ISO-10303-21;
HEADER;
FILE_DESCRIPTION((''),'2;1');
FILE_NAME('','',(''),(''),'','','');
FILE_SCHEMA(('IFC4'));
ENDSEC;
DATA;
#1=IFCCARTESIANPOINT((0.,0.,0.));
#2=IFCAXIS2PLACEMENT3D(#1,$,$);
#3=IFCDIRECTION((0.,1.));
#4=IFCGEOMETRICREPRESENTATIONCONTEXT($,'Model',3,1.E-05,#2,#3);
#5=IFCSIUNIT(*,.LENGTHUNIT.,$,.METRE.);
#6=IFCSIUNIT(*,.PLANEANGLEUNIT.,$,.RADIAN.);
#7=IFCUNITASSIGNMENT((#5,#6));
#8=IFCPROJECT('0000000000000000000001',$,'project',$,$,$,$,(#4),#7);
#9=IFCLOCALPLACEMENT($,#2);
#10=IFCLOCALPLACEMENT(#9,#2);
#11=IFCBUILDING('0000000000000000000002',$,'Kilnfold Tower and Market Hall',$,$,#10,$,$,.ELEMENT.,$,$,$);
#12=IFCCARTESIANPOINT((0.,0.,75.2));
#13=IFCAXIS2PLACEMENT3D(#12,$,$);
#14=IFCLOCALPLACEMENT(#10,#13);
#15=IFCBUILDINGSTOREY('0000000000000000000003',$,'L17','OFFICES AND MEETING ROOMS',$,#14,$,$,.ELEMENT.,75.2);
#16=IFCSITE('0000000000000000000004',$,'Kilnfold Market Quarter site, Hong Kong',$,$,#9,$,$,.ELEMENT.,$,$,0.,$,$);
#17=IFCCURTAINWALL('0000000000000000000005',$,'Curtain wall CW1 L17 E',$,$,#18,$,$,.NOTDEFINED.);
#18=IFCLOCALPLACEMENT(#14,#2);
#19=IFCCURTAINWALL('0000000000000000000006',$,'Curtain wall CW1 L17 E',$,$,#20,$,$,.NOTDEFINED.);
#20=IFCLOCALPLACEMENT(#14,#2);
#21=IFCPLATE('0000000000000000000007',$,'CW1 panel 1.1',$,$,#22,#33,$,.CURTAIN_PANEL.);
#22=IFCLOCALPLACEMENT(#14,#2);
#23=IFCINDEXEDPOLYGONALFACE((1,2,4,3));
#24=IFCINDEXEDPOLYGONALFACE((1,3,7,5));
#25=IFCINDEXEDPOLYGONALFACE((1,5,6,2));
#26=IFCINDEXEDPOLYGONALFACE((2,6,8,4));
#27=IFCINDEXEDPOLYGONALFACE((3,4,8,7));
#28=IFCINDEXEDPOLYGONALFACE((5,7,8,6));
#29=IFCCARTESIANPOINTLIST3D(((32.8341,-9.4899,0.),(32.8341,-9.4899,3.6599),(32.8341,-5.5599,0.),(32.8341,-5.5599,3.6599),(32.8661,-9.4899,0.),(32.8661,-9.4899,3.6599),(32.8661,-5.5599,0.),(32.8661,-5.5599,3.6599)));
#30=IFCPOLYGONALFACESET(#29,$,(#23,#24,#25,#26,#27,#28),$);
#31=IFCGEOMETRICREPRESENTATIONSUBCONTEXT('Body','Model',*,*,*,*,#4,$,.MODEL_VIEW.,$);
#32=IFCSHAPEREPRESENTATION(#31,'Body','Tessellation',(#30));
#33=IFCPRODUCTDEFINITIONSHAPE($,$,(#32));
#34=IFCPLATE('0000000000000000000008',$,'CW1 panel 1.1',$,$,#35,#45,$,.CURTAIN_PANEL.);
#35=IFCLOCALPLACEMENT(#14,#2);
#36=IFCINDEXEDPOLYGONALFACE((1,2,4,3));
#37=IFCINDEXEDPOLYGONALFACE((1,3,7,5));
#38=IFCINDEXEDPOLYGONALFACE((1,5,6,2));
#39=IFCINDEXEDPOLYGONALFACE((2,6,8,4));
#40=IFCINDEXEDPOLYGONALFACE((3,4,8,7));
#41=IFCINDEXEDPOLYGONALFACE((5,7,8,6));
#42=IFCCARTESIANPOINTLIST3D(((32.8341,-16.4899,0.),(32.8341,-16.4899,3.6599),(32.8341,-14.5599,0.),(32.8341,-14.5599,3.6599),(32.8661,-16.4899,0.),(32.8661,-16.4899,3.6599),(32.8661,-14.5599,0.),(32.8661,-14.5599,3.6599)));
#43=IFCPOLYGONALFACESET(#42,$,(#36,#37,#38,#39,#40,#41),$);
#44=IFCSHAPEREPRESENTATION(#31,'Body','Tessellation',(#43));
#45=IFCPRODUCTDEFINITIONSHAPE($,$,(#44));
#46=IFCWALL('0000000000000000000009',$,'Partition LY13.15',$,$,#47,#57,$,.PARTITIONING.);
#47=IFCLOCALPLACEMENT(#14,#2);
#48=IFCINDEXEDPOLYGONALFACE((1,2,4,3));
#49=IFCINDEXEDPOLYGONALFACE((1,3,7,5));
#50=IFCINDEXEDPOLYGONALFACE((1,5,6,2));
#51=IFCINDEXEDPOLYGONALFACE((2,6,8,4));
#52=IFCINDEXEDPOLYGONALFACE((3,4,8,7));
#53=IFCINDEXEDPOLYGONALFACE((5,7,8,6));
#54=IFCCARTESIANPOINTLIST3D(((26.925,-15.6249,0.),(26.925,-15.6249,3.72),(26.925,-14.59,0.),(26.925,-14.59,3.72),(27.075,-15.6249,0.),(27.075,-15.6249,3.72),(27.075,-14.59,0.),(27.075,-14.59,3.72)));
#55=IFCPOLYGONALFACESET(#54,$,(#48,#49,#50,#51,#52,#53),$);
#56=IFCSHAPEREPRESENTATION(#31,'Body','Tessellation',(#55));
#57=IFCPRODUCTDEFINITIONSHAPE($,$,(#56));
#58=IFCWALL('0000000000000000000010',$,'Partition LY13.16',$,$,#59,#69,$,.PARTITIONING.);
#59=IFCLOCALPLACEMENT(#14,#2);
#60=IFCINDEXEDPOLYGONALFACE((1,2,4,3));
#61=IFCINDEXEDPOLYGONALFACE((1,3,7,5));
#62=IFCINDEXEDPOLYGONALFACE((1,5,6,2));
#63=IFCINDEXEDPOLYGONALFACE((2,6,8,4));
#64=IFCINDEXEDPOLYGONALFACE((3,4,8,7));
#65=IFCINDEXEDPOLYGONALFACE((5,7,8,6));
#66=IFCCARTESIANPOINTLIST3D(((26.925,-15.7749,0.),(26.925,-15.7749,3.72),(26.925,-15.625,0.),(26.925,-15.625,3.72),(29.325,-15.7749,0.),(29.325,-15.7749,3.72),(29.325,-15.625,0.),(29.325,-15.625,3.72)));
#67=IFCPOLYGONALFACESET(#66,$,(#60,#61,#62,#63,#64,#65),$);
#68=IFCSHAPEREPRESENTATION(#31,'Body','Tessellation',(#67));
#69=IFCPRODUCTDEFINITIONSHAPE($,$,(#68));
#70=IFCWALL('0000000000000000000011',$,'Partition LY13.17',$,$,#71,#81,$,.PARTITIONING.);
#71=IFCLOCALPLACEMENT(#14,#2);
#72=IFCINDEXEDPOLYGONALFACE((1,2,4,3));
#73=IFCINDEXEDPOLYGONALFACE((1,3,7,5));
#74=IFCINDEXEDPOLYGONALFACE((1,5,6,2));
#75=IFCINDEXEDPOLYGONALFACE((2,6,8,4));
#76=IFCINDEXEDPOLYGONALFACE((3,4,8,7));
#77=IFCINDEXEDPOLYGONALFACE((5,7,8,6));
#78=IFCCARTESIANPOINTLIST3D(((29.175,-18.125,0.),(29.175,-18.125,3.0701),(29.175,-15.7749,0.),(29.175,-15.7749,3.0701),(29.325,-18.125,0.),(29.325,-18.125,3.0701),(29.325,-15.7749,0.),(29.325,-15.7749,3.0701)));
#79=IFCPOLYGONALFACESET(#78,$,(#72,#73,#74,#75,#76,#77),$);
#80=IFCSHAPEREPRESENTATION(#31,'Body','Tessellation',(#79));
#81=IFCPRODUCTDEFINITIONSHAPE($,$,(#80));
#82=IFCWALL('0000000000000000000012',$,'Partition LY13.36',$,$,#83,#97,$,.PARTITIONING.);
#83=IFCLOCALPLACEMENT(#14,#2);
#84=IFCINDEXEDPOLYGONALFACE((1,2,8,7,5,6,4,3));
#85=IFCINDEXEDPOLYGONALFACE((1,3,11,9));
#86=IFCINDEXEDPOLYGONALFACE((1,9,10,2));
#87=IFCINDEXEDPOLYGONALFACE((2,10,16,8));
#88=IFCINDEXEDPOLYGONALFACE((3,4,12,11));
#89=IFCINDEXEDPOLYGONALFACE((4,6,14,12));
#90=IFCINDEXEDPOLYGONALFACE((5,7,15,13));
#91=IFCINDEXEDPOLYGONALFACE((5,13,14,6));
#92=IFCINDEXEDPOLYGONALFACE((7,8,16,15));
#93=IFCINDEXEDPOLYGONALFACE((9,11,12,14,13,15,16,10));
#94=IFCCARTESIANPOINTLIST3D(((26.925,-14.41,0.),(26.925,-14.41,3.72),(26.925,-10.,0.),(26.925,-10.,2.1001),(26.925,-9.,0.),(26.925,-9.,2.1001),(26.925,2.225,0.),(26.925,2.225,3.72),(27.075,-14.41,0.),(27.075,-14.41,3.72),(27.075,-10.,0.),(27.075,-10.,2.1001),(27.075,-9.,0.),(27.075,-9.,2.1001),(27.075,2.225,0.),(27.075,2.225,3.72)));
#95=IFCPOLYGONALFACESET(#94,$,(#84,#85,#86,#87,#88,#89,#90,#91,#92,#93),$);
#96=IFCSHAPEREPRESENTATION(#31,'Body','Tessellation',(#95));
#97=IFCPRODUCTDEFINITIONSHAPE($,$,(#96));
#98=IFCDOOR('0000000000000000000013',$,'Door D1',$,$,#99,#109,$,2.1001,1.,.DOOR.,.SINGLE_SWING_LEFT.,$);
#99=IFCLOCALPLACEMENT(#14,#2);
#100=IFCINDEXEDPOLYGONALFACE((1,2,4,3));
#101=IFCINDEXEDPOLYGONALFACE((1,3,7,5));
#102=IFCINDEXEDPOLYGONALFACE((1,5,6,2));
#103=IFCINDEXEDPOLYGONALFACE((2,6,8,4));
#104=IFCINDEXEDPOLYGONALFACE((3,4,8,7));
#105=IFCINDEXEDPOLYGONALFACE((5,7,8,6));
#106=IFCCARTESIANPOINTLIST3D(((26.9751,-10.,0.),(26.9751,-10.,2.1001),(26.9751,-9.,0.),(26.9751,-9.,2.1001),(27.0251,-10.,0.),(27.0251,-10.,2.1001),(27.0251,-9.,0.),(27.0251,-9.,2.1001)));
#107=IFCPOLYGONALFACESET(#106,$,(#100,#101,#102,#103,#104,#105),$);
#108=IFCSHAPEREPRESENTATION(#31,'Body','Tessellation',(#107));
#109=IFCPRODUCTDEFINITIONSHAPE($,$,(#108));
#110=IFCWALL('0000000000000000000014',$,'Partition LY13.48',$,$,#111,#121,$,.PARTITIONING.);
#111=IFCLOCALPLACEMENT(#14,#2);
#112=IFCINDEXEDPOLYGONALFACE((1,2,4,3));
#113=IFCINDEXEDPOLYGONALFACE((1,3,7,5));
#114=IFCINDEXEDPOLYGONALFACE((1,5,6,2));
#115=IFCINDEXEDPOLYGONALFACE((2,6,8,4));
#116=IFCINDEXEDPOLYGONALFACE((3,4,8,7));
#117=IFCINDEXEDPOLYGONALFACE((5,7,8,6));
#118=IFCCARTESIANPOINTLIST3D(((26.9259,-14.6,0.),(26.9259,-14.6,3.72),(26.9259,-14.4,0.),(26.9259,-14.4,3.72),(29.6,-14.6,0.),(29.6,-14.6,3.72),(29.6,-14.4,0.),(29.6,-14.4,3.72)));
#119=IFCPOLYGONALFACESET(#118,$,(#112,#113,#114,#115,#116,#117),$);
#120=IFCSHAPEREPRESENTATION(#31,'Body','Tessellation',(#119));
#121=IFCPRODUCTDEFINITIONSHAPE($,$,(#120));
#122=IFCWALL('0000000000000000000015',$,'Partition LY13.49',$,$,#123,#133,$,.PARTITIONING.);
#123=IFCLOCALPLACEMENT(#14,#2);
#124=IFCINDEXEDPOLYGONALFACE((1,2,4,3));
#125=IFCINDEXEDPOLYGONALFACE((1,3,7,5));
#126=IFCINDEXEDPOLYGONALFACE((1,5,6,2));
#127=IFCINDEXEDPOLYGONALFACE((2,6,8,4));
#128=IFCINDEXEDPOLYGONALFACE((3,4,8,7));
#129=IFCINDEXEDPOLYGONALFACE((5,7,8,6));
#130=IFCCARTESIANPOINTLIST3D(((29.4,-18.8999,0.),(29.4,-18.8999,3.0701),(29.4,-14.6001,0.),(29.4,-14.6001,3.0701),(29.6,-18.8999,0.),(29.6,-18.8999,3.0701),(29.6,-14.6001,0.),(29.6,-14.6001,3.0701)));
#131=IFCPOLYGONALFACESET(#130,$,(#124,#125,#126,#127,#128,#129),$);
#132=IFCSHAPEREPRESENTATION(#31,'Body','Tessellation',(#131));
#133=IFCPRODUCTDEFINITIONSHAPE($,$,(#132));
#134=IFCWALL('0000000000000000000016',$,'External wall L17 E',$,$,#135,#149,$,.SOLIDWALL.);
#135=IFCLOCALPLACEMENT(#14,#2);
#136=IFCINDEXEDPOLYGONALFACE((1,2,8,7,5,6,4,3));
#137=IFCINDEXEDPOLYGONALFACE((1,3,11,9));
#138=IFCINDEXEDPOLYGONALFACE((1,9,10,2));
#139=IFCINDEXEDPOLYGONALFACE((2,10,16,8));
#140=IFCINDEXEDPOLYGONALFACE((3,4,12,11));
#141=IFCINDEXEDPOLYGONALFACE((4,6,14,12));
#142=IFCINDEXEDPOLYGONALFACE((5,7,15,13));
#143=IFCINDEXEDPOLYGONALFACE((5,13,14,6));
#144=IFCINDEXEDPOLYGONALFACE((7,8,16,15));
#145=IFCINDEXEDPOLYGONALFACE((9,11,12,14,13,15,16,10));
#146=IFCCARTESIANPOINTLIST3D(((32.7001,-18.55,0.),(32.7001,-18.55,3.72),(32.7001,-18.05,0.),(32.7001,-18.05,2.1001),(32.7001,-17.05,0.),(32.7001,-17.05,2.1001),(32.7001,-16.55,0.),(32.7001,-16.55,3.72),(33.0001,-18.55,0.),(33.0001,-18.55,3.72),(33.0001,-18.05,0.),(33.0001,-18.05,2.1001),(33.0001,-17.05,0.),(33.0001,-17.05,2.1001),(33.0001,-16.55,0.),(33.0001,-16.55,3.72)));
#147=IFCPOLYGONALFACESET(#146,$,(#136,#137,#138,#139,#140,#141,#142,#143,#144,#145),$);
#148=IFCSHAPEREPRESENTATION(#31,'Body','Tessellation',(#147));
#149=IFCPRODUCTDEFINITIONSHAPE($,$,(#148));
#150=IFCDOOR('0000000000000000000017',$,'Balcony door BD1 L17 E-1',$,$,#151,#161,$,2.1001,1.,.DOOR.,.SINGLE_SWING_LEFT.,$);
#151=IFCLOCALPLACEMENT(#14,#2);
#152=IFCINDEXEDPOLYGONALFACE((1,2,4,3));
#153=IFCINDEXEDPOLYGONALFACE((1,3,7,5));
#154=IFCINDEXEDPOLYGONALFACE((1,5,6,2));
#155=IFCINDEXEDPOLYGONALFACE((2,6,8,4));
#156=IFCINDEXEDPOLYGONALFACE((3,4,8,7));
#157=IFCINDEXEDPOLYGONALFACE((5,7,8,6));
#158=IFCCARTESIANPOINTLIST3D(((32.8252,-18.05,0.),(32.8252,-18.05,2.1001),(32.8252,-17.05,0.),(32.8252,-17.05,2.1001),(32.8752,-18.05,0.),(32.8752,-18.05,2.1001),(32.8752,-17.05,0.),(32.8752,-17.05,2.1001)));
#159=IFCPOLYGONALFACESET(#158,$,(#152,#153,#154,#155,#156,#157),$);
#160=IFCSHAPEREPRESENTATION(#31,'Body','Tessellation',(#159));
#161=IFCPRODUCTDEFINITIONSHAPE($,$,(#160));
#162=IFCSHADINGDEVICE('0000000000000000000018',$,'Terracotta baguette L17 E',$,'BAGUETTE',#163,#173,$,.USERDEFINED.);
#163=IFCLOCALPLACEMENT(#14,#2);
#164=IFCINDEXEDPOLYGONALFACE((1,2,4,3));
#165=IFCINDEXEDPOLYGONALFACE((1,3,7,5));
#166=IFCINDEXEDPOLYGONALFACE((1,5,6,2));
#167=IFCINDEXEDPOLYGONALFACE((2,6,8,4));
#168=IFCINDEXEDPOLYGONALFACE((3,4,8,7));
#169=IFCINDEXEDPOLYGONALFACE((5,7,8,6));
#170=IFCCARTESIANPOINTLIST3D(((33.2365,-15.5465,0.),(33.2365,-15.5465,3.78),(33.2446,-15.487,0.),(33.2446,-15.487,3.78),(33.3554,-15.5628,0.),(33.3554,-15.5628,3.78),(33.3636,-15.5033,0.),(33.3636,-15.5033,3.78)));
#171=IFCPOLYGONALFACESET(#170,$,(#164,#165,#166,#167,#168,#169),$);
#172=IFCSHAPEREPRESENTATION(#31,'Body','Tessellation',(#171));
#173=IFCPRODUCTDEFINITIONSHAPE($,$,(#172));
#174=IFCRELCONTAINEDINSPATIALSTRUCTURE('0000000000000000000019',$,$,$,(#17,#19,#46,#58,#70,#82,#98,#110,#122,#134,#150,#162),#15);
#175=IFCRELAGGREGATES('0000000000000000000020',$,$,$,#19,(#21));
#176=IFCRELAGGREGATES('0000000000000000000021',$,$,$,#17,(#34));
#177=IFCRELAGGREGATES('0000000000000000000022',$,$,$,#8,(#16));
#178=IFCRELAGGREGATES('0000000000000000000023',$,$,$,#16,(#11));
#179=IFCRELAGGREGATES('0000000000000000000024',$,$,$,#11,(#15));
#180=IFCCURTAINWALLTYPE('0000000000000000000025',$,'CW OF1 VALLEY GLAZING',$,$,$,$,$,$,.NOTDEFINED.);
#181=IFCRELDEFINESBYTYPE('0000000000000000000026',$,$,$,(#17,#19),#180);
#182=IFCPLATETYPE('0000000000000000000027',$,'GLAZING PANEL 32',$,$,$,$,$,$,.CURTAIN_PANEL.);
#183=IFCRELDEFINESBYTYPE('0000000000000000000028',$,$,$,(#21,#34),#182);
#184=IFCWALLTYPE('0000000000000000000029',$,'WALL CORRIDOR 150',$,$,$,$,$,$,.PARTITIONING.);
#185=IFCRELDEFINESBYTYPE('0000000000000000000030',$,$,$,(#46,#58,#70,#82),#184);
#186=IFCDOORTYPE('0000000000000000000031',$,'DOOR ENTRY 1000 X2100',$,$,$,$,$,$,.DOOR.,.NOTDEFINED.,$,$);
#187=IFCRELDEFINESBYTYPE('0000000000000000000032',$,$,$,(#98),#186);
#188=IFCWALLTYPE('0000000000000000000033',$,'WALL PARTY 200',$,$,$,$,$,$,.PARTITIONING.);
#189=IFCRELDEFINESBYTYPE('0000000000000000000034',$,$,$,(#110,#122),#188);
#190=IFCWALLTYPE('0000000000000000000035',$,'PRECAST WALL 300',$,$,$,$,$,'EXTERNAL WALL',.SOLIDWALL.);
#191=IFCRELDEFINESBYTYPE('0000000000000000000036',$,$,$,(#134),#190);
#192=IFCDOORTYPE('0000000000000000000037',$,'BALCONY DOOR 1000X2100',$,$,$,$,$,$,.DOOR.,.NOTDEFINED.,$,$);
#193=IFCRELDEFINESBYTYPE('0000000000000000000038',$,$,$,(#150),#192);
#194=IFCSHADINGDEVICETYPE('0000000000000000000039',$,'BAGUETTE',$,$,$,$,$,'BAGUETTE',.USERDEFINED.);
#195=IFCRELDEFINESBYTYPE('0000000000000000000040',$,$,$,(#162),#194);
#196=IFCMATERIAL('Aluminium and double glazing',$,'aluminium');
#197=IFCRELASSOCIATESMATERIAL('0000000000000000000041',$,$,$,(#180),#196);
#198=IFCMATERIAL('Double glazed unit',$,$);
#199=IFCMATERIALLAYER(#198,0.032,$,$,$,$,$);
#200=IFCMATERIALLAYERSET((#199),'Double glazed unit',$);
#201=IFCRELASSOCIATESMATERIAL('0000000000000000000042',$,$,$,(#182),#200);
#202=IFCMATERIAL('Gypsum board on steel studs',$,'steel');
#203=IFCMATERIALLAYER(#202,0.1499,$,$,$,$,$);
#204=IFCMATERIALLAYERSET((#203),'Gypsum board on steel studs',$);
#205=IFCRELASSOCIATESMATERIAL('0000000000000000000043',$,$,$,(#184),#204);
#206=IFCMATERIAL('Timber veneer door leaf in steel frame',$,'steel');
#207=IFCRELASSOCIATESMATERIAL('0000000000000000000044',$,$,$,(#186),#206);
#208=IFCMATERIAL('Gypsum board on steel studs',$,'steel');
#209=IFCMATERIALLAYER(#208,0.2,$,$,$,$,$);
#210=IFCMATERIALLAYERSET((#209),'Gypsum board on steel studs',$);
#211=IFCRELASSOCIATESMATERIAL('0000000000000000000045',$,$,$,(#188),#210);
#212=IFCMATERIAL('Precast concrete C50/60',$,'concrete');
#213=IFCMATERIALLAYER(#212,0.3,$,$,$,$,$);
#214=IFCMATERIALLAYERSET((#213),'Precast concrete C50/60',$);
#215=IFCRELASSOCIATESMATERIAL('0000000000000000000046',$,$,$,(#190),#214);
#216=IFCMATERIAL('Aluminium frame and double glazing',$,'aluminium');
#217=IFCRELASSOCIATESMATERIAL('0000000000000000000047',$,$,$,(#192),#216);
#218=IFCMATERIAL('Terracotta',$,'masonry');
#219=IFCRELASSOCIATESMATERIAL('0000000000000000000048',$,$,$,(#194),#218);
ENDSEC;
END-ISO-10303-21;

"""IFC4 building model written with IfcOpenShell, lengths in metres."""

from ifc_helpers import new_model, si_unit, direction, frame, frame_2d, origin, origin_2d, place, context, subcontext, project, spatial, rectangle, extrude, source, transform, mapped, material, layer, layer_set, material_profile, profile_set, type_object, element, fill, aggregate, save


model = new_model("IFC4")

# Units and contexts
model_context = context("Model", 3, precision=1e-05, world=origin(), true_north=direction((0.0, 1.0)))
body_context = subcontext(model_context, "Body", "Model", "MODEL_VIEW")
ifc_project = project(units=[si_unit("LENGTHUNIT", "METRE"), si_unit("PLANEANGLEUNIT", "RADIAN")], contexts=[model_context])

# Site, building, storey
site_placement = place(None, origin())
site = spatial("IfcSite", under=ifc_project, at=site_placement, Name="Kilnfold Market Quarter site, Hong Kong", CompositionType="ELEMENT", RefElevation=0.0)
building_placement = place(site_placement, origin())
building = spatial("IfcBuilding", under=site, at=building_placement, Name="Kilnfold Tower and Market Hall", CompositionType="ELEMENT")
storey_placement = place(building_placement, frame((0.0, 0.0, 75.2)))
storey = spatial("IfcBuildingStorey", under=building, at=storey_placement, Name="L17", Description="OFFICES AND MEETING ROOMS", CompositionType="ELEMENT", Elevation=75.2)

# Curtain walls
ifc_material_1 = material(Name="Aluminium and double glazing", Category="aluminium")
curtain_wall_type = type_object("IfcCurtainWallType", Name="CW OF1 VALLEY GLAZING", PredefinedType="NOTDEFINED", material=ifc_material_1)
curtain_wall_1_placement = place(storey_placement, origin())
curtain_wall_1 = element("IfcCurtainWall", 1, at=curtain_wall_1_placement, inside=storey, type_object=curtain_wall_type, Name="Curtain wall CW1 L17 E", PredefinedType="NOTDEFINED")
curtain_wall_2_placement = place(storey_placement, origin())
curtain_wall_2 = element("IfcCurtainWall", 2, at=curtain_wall_2_placement, inside=storey, type_object=curtain_wall_type, Name="Curtain wall CW1 L17 E", PredefinedType="NOTDEFINED")

# Plates
ifc_material_2 = material(Name="Double glazed unit")
ifc_layer_1 = layer(ifc_material_2, 0.032)
ifc_layer_set_1 = layer_set([ifc_layer_1], Name="Double glazed unit")
plate_type = type_object("IfcPlateType", Name="GLAZING PANEL 32", PredefinedType="CURTAIN_PANEL", material=ifc_layer_set_1)
shared_shape_1 = source(origin(), body_context, "Body", "SweptSolid", [
    extrude(rectangle(XDim=3.9299, YDim=0.032, at=origin_2d()), origin(), (0.0, 0.0, 1.0), 3.6599),
])
plate_1_placement = place(storey_placement, frame((32.8501, -7.5249, 0.0), z_axis=(0.0, 0.0, 1.0), x_axis=(0.0, 1.0, 0.0)))
plate_1 = element("IfcPlate", 3, at=plate_1_placement, type_object=plate_type, Name="CW1 panel 1.1", PredefinedType="CURTAIN_PANEL", context=body_context, shape_type="MappedRepresentation", body=[
    mapped(shared_shape_1, transform((0.0, 0.0, 0.0))),
])
aggregate(curtain_wall_2, [plate_1])
shared_shape_2 = source(origin(), body_context, "Body", "SweptSolid", [
    extrude(rectangle(XDim=1.9299, YDim=0.032, at=origin_2d()), origin(), (0.0, 0.0, 1.0), 3.6599),
])
plate_2_placement = place(storey_placement, frame((32.8501, -15.5249, 0.0), z_axis=(0.0, 0.0, 1.0), x_axis=(0.0, 1.0, 0.0)))
plate_2 = element("IfcPlate", 4, at=plate_2_placement, type_object=plate_type, Name="CW1 panel 1.1", PredefinedType="CURTAIN_PANEL", context=body_context, shape_type="MappedRepresentation", body=[
    mapped(shared_shape_2, transform((0.0, 0.0, 0.0))),
])
aggregate(curtain_wall_1, [plate_2])

# Walls
ifc_material_3 = material(Name="Gypsum board on steel studs", Category="steel")
ifc_layer_2 = layer(ifc_material_3, 0.1499)
ifc_layer_set_2 = layer_set([ifc_layer_2], Name="Gypsum board on steel studs")
wall_type_1 = type_object("IfcWallType", Name="WALL CORRIDOR 150", PredefinedType="PARTITIONING", material=ifc_layer_set_2)
wall_1_placement = place(storey_placement, frame((27.0, -15.625, 0.0), z_axis=(0.0, 0.0, 1.0), x_axis=(0.0, 1.0, 0.0)))
element("IfcWall", 5, at=wall_1_placement, inside=storey, type_object=wall_type_1, Name="Partition LY13.15", PredefinedType="PARTITIONING", context=body_context, shape_type="SweptSolid", body=[
    extrude(rectangle(XDim=1.0349, YDim=0.1499, at=frame_2d((0.5176, 0.0))), origin(), (0.0, 0.0, 1.0), 3.72),
])
wall_2_placement = place(storey_placement, frame((26.925, -15.7, 0.0), z_axis=(0.0, 0.0, 1.0), x_axis=(1.0, 0.0, 0.0)))
element("IfcWall", 6, at=wall_2_placement, inside=storey, type_object=wall_type_1, Name="Partition LY13.16", PredefinedType="PARTITIONING", context=body_context, shape_type="SweptSolid", body=[
    extrude(rectangle(XDim=2.3999, YDim=0.1499, at=frame_2d((1.2, 0.0))), origin(), (0.0, 0.0, 1.0), 3.72),
])
wall_3_placement = place(storey_placement, frame((29.25, -18.125, 0.0), z_axis=(0.0, 0.0, 1.0), x_axis=(0.0, 1.0, 0.0)))
element("IfcWall", 7, at=wall_3_placement, inside=storey, type_object=wall_type_1, Name="Partition LY13.17", PredefinedType="PARTITIONING", context=body_context, shape_type="SweptSolid", body=[
    extrude(rectangle(XDim=2.3501, YDim=0.1499, at=frame_2d((1.175, 0.0))), origin(), (0.0, 0.0, 1.0), 3.0701),
])

# Wall, opening, door
wall_4_placement = place(storey_placement, frame((27.0, -14.4099, 0.0), z_axis=(0.0, 0.0, 1.0), x_axis=(0.0, 1.0, 0.0)))
wall_4 = element("IfcWall", 8, at=wall_4_placement, inside=storey, type_object=wall_type_1, Name="Partition LY13.36", PredefinedType="PARTITIONING", context=body_context, shape_type="SweptSolid", body=[
    extrude(rectangle(XDim=16.635, YDim=0.1499, at=frame_2d((8.3174, 0.0))), origin(), (0.0, 0.0, 1.0), 3.72),
])
opening_1_placement = place(wall_4_placement, frame((4.4099, 0.0, 0.0)))
opening_1 = element("IfcOpeningElement", 9, at=opening_1_placement, cuts=wall_4, PredefinedType="OPENING", context=body_context, shape_type="SweptSolid", body=[
    extrude(rectangle(XDim=1.0, YDim=2.1001, at=frame_2d((0.5, 1.05))), frame((0.0, 0.085, 0.0), z_axis=(0.0, -1.0, 0.0), x_axis=(1.0, 0.0, 0.0)), (0.0, 0.0, 1.0), 0.1699),
])
ifc_material_4 = material(Name="Timber veneer door leaf in steel frame", Category="steel")
door_type_1 = type_object("IfcDoorType", Name="DOOR ENTRY 1000 X2100", OperationType="NOTDEFINED", PredefinedType="DOOR", material=ifc_material_4)
door_1_placement = place(opening_1_placement, origin())
door_1 = element("IfcDoor", 10, at=door_1_placement, inside=storey, type_object=door_type_1, Name="Door D1", OperationType="SINGLE_SWING_LEFT", OverallHeight=2.1001, OverallWidth=1.0, PredefinedType="DOOR", context=body_context, shape_type="SweptSolid", body=[
    extrude(rectangle(XDim=1.0, YDim=2.1001, at=frame_2d((0.5, 1.05))), frame((0.0, 0.0249, 0.0), z_axis=(0.0, -1.0, 0.0), x_axis=(1.0, 0.0, 0.0)), (0.0, 0.0, 1.0), 0.05),
])
fill(opening_1, door_1)

# Walls
ifc_material_5 = material(Name="Gypsum board on steel studs", Category="steel")
ifc_layer_3 = layer(ifc_material_5, 0.2)
ifc_layer_set_3 = layer_set([ifc_layer_3], Name="Gypsum board on steel studs")
wall_type_2 = type_object("IfcWallType", Name="WALL PARTY 200", PredefinedType="PARTITIONING", material=ifc_layer_set_3)
wall_5_placement = place(storey_placement, frame((26.926, -14.5, 0.0), z_axis=(0.0, 0.0, 1.0), x_axis=(1.0, 0.0, 0.0)))
element("IfcWall", 11, at=wall_5_placement, inside=storey, type_object=wall_type_2, Name="Partition LY13.48", PredefinedType="PARTITIONING", context=body_context, shape_type="SweptSolid", body=[
    extrude(rectangle(XDim=2.6741, YDim=0.2, at=frame_2d((1.3369, 0.0))), origin(), (0.0, 0.0, 1.0), 3.72),
])
wall_6_placement = place(storey_placement, frame((29.5, -18.8999, 0.0), z_axis=(0.0, 0.0, 1.0), x_axis=(0.0, 1.0, 0.0)))
element("IfcWall", 12, at=wall_6_placement, inside=storey, type_object=wall_type_2, Name="Partition LY13.49", PredefinedType="PARTITIONING", context=body_context, shape_type="SweptSolid", body=[
    extrude(rectangle(XDim=4.2998, YDim=0.2, at=frame_2d((2.1499, 0.0))), origin(), (0.0, 0.0, 1.0), 3.0701),
])

# Wall, opening, door
ifc_material_6 = material(Name="Precast concrete C50/60", Category="concrete")
ifc_layer_4 = layer(ifc_material_6, 0.3)
ifc_layer_set_4 = layer_set([ifc_layer_4], Name="Precast concrete C50/60")
wall_type_3 = type_object("IfcWallType", Name="PRECAST WALL 300", ElementType="EXTERNAL WALL", PredefinedType="SOLIDWALL", material=ifc_layer_set_4)
shared_shape_3 = source(origin(), body_context, "Body", "SweptSolid", [
    extrude(rectangle(XDim=2.0, YDim=0.3, at=frame_2d((1.0, 0.0))), origin(), (0.0, 0.0, 1.0), 3.72),
])
wall_7_placement = place(storey_placement, frame((32.8501, -18.55, 0.0), z_axis=(0.0, 0.0, 1.0), x_axis=(0.0, 1.0, 0.0)))
wall_7 = element("IfcWall", 13, at=wall_7_placement, inside=storey, type_object=wall_type_3, Name="External wall L17 E", PredefinedType="SOLIDWALL", context=body_context, shape_type="MappedRepresentation", body=[
    mapped(shared_shape_3, transform((0.0, 0.0, 0.0))),
])
opening_2_placement = place(wall_7_placement, frame((0.5, 0.0, 0.0)))
opening_2 = element("IfcOpeningElement", 14, at=opening_2_placement, cuts=wall_7, PredefinedType="OPENING", context=body_context, shape_type="SweptSolid", body=[
    extrude(rectangle(XDim=1.0, YDim=2.1001, at=frame_2d((0.5, 1.05))), frame((0.0, 0.1602, 0.0), z_axis=(0.0, -1.0, 0.0), x_axis=(1.0, 0.0, 0.0)), (0.0, 0.0, 1.0), 0.3201),
])
ifc_material_7 = material(Name="Aluminium frame and double glazing", Category="aluminium")
door_type_2 = type_object("IfcDoorType", Name="BALCONY DOOR 1000X2100", OperationType="NOTDEFINED", PredefinedType="DOOR", material=ifc_material_7)
door_2_placement = place(opening_2_placement, origin())
door_2 = element("IfcDoor", 15, at=door_2_placement, inside=storey, type_object=door_type_2, Name="Balcony door BD1 L17 E-1", OperationType="SINGLE_SWING_LEFT", OverallHeight=2.1001, OverallWidth=1.0, PredefinedType="DOOR", context=body_context, shape_type="SweptSolid", body=[
    extrude(rectangle(XDim=1.0, YDim=2.1001, at=frame_2d((0.5, 1.05))), frame((0.0, 0.0249, 0.0), z_axis=(0.0, -1.0, 0.0), x_axis=(1.0, 0.0, 0.0)), (0.0, 0.0, 1.0), 0.05),
])
fill(opening_2, door_2)

# Shading device
ifc_material_8 = material(Name="Terracotta", Category="masonry")
ifc_material_profile_1 = material_profile(ifc_material_8, rectangle(XDim=0.0601, YDim=0.1201, at=origin_2d()), Name="BAG 60x120")
ifc_profile_set_1 = profile_set([ifc_material_profile_1], Name="Terracotta")
shading_device_type = type_object("IfcShadingDeviceType", Name="BAGUETTE", ElementType="BAGUETTE", PredefinedType="USERDEFINED", material=ifc_profile_set_1)
shared_shape_4 = source(origin(), body_context, "Body", "SweptSolid", [
    extrude(rectangle(XDim=0.0601, YDim=0.1201, at=origin_2d()), origin(), (0.0, 0.0, 1.0), 3.78),
])
for number, where, z_axis, x_axis, name in (
    (16, (33.3, -15.5249, 0.0), (0.0, 0.0, 1.0), (0.136452, 0.990647, 0.0), "Terracotta baguette L17 E"),
):
    element("IfcShadingDevice", number, at=place(storey_placement, frame(where, z_axis=z_axis, x_axis=x_axis)), inside=storey, type_object=shading_device_type, Name=name, ObjectType="BAGUETTE", PredefinedType="USERDEFINED", context=body_context, shape_type="MappedRepresentation", body=[
        mapped(shared_shape_4, transform((0.0, 0.0, 0.0))),
    ])

save(model, "model.ifc")
